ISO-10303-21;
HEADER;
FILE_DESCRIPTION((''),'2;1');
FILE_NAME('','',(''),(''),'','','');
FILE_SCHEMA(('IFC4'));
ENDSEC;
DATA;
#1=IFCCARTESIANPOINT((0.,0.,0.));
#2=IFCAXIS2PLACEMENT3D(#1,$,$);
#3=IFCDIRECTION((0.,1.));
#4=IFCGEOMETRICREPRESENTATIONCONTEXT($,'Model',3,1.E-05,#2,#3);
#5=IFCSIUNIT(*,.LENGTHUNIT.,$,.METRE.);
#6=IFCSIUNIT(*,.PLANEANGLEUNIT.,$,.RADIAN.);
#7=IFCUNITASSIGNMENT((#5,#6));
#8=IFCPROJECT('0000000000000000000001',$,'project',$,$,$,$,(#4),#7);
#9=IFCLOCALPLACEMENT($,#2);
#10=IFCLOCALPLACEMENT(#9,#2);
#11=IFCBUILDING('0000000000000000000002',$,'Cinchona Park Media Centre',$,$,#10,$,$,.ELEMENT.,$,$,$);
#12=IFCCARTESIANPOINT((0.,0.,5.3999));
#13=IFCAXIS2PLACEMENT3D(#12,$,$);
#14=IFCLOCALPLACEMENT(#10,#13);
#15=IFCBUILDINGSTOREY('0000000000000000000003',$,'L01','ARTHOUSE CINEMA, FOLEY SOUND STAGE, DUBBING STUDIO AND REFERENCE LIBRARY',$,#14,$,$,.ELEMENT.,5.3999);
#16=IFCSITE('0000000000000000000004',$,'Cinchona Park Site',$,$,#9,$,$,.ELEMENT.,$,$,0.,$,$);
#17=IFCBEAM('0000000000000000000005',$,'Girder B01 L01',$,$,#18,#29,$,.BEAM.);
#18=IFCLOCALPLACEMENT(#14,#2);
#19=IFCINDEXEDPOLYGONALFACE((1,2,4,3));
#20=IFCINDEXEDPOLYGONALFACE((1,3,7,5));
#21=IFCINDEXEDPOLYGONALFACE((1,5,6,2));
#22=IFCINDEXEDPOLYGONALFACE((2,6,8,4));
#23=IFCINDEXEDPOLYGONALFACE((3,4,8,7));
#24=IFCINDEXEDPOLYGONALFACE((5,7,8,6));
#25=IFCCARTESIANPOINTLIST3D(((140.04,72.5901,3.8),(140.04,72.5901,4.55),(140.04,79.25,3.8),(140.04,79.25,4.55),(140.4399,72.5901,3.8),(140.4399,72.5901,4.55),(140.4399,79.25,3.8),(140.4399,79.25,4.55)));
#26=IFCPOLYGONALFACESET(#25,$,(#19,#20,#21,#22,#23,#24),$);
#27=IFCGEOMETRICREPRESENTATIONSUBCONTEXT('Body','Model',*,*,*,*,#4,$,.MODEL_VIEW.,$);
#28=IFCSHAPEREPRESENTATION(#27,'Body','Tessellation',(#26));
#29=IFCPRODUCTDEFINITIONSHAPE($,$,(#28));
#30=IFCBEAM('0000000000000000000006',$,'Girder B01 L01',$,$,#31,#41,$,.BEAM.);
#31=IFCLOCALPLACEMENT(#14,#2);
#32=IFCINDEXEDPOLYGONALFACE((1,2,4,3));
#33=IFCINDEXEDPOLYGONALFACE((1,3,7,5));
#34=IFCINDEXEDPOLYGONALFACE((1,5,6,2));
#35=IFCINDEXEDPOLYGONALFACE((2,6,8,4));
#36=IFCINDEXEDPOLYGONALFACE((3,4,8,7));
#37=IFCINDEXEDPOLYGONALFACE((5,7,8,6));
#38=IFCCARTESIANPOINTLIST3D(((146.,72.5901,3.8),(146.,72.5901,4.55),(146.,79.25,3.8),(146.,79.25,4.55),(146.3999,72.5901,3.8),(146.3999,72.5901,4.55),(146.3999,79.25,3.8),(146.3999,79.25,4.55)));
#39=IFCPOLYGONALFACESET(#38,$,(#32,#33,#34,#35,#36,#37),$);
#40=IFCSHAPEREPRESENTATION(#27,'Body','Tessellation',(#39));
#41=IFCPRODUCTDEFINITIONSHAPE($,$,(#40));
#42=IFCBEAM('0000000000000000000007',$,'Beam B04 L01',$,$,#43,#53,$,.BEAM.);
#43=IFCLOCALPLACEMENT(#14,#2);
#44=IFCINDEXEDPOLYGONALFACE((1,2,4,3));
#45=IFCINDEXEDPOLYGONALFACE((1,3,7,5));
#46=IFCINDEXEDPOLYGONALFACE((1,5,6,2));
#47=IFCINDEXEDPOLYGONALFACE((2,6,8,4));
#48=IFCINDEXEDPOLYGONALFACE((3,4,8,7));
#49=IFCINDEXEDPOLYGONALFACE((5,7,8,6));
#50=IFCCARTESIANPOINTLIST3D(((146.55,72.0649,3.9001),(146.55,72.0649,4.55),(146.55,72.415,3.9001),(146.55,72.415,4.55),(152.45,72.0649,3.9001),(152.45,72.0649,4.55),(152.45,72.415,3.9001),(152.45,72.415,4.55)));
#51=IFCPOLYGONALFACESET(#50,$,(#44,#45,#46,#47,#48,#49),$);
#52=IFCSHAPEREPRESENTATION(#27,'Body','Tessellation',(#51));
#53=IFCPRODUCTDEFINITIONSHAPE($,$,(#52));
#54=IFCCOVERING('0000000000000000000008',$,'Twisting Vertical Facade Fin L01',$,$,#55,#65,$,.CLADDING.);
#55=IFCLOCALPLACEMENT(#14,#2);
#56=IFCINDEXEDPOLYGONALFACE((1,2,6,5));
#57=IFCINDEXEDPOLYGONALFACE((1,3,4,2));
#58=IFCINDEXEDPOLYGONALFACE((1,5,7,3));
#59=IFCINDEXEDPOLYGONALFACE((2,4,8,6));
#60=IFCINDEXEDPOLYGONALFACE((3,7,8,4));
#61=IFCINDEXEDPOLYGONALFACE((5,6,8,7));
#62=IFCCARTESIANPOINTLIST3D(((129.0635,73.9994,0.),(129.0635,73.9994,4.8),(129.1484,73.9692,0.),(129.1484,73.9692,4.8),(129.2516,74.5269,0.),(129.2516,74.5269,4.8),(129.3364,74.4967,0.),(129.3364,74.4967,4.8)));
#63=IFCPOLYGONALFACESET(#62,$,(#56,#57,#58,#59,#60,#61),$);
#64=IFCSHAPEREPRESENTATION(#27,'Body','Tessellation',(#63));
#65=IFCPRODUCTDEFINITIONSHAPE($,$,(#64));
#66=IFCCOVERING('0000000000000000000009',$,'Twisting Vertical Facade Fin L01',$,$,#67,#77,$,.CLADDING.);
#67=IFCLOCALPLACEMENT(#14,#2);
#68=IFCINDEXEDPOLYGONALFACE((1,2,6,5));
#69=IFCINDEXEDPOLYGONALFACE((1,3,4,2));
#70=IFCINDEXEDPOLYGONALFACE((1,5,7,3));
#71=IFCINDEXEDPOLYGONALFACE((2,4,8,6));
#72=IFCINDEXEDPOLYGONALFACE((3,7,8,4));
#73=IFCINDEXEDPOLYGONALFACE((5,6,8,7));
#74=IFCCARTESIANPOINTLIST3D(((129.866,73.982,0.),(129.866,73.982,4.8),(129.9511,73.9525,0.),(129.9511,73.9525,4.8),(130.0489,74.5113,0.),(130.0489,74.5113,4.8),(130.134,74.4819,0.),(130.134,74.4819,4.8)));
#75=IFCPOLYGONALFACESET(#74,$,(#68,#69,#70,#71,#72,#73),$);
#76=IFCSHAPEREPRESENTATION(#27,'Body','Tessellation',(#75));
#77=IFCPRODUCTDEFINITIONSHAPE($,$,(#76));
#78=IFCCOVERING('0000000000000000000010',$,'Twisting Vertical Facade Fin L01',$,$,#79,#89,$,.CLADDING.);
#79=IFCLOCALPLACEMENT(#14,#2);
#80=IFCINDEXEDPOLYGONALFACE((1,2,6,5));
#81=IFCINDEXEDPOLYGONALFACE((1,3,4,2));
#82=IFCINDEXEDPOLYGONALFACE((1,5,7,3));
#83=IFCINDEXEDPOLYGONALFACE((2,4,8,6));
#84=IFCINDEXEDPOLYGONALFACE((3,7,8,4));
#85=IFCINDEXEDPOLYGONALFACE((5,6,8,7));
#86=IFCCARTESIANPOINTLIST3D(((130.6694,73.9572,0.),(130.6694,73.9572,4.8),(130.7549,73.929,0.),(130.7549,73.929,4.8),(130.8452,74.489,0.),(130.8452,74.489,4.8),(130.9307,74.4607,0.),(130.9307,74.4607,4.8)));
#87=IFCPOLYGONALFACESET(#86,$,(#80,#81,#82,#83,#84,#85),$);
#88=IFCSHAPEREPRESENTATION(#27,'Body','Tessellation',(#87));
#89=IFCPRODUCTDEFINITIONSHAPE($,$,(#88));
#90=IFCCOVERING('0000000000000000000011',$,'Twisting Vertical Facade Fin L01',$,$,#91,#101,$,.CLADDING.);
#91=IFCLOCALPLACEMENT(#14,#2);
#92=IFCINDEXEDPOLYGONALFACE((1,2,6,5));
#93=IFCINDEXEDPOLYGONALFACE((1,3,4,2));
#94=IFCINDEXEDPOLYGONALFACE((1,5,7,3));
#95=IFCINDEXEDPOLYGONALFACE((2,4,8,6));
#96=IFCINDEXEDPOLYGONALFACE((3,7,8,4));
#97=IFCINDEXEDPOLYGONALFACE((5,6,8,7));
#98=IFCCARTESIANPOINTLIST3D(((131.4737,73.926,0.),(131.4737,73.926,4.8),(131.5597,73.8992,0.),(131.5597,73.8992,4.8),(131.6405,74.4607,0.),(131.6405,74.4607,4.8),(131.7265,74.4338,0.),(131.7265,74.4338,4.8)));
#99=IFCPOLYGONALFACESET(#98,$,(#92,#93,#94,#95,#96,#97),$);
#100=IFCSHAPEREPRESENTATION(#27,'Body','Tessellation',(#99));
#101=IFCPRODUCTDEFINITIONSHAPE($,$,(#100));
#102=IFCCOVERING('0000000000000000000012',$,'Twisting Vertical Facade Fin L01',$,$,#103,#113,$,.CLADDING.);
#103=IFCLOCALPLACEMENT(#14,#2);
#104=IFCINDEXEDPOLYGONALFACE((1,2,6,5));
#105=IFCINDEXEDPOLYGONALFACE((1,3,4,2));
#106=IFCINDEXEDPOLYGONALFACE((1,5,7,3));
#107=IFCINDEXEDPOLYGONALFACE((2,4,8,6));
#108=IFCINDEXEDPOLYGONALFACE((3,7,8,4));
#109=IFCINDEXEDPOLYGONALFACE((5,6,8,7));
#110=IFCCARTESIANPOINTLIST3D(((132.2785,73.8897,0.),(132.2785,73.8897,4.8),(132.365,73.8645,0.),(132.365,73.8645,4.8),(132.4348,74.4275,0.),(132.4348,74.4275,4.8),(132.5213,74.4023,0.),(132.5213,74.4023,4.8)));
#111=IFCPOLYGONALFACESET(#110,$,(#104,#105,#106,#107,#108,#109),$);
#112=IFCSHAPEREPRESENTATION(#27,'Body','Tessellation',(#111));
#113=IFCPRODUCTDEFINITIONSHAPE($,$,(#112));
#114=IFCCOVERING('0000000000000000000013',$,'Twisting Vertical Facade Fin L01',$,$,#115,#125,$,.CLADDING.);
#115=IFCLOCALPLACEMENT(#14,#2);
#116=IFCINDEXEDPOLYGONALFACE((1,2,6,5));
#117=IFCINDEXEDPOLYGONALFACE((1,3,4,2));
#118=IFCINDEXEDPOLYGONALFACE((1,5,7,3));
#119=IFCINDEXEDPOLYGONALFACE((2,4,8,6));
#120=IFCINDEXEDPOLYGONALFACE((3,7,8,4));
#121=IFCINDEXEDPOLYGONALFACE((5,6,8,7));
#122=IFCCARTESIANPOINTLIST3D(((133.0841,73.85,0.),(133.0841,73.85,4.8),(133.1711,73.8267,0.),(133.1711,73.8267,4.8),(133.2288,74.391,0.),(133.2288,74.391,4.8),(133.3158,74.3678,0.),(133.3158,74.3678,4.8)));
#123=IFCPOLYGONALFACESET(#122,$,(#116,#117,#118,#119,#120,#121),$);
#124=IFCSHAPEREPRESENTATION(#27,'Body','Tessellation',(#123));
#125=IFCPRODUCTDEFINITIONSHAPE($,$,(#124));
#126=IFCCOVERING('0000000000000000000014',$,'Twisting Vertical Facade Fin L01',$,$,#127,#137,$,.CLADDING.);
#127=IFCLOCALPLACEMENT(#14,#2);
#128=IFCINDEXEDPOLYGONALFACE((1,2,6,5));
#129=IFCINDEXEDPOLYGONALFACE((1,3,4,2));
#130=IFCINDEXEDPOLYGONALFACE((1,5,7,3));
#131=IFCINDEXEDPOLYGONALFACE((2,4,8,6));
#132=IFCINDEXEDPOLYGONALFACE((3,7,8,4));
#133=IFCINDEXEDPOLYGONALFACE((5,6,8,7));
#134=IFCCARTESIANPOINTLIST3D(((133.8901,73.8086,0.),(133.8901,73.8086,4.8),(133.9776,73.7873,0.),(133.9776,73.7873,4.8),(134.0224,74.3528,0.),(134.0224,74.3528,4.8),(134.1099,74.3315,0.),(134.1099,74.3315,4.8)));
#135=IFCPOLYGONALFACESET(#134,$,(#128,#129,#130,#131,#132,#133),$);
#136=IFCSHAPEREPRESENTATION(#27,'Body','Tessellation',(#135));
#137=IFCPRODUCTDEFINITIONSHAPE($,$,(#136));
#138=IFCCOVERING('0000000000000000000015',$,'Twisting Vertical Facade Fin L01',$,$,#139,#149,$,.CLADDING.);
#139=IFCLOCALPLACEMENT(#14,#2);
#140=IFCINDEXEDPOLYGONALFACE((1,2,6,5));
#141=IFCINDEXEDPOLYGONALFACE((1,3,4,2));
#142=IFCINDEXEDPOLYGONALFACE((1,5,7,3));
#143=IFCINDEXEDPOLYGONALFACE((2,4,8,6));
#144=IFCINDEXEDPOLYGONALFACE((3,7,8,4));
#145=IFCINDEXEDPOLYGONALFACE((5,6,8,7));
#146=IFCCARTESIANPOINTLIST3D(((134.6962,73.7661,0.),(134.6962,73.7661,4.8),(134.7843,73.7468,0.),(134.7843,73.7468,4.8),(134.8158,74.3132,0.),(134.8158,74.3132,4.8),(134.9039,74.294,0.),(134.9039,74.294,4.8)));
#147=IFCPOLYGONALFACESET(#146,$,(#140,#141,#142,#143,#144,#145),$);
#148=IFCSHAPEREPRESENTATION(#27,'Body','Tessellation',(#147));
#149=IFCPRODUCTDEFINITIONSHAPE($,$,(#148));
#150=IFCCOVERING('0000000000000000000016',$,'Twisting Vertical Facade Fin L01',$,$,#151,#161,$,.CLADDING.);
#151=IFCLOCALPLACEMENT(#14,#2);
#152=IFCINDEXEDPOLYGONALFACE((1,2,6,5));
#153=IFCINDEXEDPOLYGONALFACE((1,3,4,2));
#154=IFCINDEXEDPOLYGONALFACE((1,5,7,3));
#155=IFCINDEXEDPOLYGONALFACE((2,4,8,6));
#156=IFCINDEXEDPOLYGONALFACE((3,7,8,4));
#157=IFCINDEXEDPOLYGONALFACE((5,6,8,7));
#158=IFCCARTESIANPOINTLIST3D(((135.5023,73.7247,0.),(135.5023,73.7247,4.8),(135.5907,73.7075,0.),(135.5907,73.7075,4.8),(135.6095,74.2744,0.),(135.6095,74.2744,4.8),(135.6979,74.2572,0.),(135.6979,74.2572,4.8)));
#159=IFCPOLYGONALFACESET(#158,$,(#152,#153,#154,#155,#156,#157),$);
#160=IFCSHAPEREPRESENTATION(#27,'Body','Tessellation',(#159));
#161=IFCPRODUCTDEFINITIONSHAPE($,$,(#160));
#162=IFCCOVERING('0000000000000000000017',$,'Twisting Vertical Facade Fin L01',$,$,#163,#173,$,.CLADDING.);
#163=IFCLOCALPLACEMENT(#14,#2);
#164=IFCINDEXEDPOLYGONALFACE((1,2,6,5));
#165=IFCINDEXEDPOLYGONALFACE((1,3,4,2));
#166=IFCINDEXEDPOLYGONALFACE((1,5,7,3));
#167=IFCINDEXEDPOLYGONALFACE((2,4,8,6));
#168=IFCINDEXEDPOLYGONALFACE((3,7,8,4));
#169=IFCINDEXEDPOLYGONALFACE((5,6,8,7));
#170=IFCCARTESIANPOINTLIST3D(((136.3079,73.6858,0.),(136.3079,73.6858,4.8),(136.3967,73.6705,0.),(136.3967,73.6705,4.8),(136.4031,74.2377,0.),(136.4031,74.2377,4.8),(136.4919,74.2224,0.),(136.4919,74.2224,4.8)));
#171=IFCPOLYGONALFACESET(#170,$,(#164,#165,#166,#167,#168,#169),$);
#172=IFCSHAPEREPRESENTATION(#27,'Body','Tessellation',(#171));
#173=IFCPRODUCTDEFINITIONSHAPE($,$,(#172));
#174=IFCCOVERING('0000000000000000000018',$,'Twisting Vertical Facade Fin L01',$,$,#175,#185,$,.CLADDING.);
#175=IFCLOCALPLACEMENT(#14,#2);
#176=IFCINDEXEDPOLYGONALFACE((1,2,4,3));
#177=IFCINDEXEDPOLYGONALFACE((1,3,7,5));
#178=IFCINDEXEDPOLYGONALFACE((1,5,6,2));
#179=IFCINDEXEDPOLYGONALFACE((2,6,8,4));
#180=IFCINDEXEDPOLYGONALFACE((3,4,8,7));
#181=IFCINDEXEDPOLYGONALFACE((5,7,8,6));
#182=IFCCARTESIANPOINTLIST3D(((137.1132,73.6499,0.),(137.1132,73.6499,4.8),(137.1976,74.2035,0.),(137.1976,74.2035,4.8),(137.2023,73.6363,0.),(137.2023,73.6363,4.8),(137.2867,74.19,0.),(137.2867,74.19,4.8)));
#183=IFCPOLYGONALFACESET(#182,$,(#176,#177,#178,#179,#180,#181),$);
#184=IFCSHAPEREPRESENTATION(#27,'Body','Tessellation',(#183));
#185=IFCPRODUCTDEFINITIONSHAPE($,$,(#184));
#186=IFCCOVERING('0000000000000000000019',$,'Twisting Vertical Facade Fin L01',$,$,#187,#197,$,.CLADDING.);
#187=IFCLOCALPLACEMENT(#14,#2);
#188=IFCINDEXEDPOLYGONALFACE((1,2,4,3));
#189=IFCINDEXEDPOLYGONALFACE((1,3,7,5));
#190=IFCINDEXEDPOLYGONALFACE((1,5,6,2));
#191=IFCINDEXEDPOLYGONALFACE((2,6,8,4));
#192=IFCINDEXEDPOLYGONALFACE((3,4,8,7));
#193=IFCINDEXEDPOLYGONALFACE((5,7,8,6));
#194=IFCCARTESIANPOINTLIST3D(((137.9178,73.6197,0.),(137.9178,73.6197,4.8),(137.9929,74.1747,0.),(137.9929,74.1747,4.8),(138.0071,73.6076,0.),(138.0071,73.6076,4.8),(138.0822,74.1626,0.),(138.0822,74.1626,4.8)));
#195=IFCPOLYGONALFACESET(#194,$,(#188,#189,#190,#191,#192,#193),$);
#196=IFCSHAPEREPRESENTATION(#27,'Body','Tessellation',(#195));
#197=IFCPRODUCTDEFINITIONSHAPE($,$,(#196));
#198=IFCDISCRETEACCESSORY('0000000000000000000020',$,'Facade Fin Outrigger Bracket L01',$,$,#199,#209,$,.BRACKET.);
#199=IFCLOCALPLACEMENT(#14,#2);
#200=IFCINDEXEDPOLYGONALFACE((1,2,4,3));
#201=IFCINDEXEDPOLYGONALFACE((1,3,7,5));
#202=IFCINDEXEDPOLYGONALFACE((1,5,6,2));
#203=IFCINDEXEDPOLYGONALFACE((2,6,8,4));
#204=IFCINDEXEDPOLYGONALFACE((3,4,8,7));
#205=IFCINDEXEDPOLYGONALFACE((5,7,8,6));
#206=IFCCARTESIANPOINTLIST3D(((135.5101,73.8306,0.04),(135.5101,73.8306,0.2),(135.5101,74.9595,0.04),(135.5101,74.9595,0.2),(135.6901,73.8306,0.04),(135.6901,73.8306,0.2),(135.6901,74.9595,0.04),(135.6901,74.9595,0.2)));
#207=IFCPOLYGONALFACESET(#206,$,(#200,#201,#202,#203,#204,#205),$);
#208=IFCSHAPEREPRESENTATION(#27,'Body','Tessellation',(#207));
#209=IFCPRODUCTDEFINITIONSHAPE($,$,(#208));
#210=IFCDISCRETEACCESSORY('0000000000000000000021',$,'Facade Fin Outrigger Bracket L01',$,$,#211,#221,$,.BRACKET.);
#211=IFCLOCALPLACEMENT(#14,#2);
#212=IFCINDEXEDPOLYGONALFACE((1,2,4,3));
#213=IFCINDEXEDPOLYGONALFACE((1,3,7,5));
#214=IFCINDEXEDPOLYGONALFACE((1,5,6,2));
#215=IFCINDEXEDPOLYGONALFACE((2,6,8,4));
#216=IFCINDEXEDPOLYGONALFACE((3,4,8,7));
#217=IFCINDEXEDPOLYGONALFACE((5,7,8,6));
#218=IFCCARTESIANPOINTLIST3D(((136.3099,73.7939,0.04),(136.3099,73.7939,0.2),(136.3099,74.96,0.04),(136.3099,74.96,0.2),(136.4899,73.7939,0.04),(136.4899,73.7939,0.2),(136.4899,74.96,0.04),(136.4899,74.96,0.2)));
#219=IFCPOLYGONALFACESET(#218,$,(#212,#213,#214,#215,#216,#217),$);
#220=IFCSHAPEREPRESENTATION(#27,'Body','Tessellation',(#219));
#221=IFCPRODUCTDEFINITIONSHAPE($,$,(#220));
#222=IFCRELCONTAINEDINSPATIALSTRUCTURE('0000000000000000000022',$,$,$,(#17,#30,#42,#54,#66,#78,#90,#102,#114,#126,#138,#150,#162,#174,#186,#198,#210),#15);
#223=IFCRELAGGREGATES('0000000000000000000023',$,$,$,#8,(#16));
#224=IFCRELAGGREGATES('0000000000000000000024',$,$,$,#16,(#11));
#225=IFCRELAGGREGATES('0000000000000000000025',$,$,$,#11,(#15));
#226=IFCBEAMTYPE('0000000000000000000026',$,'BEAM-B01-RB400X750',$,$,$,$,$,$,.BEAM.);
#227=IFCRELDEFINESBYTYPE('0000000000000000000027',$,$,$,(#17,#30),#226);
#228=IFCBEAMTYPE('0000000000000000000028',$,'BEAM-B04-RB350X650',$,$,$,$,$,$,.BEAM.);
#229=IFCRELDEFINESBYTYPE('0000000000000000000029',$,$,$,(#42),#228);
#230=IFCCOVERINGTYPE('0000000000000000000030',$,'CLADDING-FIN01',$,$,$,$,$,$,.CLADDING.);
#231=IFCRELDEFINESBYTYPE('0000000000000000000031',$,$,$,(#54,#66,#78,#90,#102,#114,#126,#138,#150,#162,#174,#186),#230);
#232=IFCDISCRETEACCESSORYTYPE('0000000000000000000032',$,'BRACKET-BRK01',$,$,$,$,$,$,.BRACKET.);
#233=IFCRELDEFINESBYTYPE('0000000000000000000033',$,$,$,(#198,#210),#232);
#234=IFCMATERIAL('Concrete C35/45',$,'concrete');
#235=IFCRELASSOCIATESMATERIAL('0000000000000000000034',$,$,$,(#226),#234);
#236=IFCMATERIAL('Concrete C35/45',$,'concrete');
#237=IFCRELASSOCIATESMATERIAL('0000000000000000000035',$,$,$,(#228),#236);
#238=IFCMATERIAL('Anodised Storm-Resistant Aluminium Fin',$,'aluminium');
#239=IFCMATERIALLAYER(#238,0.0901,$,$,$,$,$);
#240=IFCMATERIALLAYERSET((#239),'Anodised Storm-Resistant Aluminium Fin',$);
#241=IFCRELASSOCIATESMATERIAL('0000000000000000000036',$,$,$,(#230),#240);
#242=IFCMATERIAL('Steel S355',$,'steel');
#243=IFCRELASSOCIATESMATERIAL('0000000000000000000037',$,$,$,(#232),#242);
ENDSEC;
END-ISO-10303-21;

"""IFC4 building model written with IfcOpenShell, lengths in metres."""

from ifc_helpers import new_model, si_unit, direction, frame, origin, origin_2d, place, context, subcontext, project, spatial, rectangle, extrude, material, layer, layer_set, material_profile, profile_set, type_object, element, save


model = new_model("IFC4")

# Units and contexts
model_context = context("Model", 3, precision=1e-05, world=origin(), true_north=direction((0.0, 1.0)))
body_context = subcontext(model_context, "Body", "Model", "MODEL_VIEW")
ifc_project = project(units=[si_unit("LENGTHUNIT", "METRE"), si_unit("PLANEANGLEUNIT", "RADIAN")], contexts=[model_context])

# Site, building, storey
site_placement = place(None, origin())
site = spatial("IfcSite", under=ifc_project, at=site_placement, Name="Cinchona Park Site", CompositionType="ELEMENT", RefElevation=0.0)
building_placement = place(site_placement, origin())
building = spatial("IfcBuilding", under=site, at=building_placement, Name="Cinchona Park Media Centre", CompositionType="ELEMENT")
storey_placement = place(building_placement, frame((0.0, 0.0, 5.3999)))
storey = spatial("IfcBuildingStorey", under=building, at=storey_placement, Name="L01", Description="ARTHOUSE CINEMA, FOLEY SOUND STAGE, DUBBING STUDIO AND REFERENCE LIBRARY", CompositionType="ELEMENT", Elevation=5.3999)

# Beams
ifc_material_1 = material(Name="Concrete C35/45", Category="concrete")
ifc_material_profile_1 = material_profile(ifc_material_1, rectangle(XDim=0.3999, YDim=0.75, at=origin_2d()), Name="RB 400X750")
ifc_profile_set_1 = profile_set([ifc_material_profile_1], Name="Concrete C35/45")
beam_type_1 = type_object("IfcBeamType", Name="BEAM-B01-RB400X750", PredefinedType="BEAM", material=ifc_profile_set_1)
for number, where, z_axis, x_axis, name in (
    (1, (140.24, 72.5901, 4.175), (0.0, 1.0, 0.0), (-1.0, 0.0, 0.0), "Girder B01 L01"),
    (2, (146.2, 72.5901, 4.175), (0.0, 1.0, 0.0), (-1.0, 0.0, 0.0), "Girder B01 L01"),
):
    element("IfcBeam", number, at=place(storey_placement, frame(where, z_axis=z_axis, x_axis=x_axis)), inside=storey, type_object=beam_type_1, Name=name, PredefinedType="BEAM", context=body_context, shape_type="SweptSolid", body=[
        extrude(rectangle(XDim=0.3999, YDim=0.75, at=origin_2d()), origin(), (0.0, 0.0, 1.0), 6.6599),
    ])
ifc_material_2 = material(Name="Concrete C35/45", Category="concrete")
ifc_material_profile_2 = material_profile(ifc_material_2, rectangle(XDim=0.3501, YDim=0.6499, at=origin_2d()), Name="RB 350X650")
ifc_profile_set_2 = profile_set([ifc_material_profile_2], Name="Concrete C35/45")
beam_type_2 = type_object("IfcBeamType", Name="BEAM-B04-RB350X650", PredefinedType="BEAM", material=ifc_profile_set_2)
beam_placement = place(storey_placement, frame((146.55, 72.24, 4.2251), z_axis=(1.0, 0.0, 0.0), x_axis=(0.0, 1.0, 0.0)))
element("IfcBeam", 3, at=beam_placement, inside=storey, type_object=beam_type_2, Name="Beam B04 L01", PredefinedType="BEAM", context=body_context, shape_type="SweptSolid", body=[
    extrude(rectangle(XDim=0.3501, YDim=0.6499, at=origin_2d()), origin(), (0.0, 0.0, 1.0), 5.8999),
])

# Coverings
ifc_material_3 = material(Name="Anodised Storm-Resistant Aluminium Fin", Category="aluminium")
ifc_layer = layer(ifc_material_3, 0.0901)
ifc_layer_set = layer_set([ifc_layer], Name="Anodised Storm-Resistant Aluminium Fin")
covering_type = type_object("IfcCoveringType", Name="CLADDING-FIN01", PredefinedType="CLADDING", material=ifc_layer_set)
for number, where, z_axis, x_axis, name in (
    (4, (129.2, 74.248, 0.0), (0.0, 0.0, 1.0), (0.33578, 0.94194, 0.0), "Twisting Vertical Facade Fin L01"),
    (5, (130.0, 74.2319, 0.0), (0.0, 0.0, 1.0), (0.326558, 0.945177, 0.0), "Twisting Vertical Facade Fin L01"),
    (6, (130.8, 74.209, 0.0), (0.0, 0.0, 1.0), (0.313827, 0.94948, 0.0), "Twisting Vertical Facade Fin L01"),
    (7, (131.6001, 74.1799, 0.0), (0.0, 0.0, 1.0), (0.297875, 0.954605, 0.0), "Twisting Vertical Facade Fin L01"),
    (8, (132.3999, 74.146, 0.0), (0.0, 0.0, 1.0), (0.279159, 0.960245, 0.0), "Twisting Vertical Facade Fin L01"),
    (9, (133.2, 74.1089, 0.0), (0.0, 0.0, 1.0), (0.258313, 0.966061, 0.0), "Twisting Vertical Facade Fin L01"),
    (10, (134.0, 74.0701, 0.0), (0.0, 0.0, 1.0), (0.236329, 0.971673, 0.0), "Twisting Vertical Facade Fin L01"),
    (11, (134.8, 74.03, 0.0), (0.0, 0.0, 1.0), (0.213542, 0.976934, 0.0), "Twisting Vertical Facade Fin L01"),
    (12, (135.6001, 73.991, 0.0), (0.0, 0.0, 1.0), (0.191323, 0.981527, 0.0), "Twisting Vertical Facade Fin L01"),
    (13, (136.3999, 73.9541, 0.0), (0.0, 0.0, 1.0), (0.170038, 0.985438, 0.0), "Twisting Vertical Facade Fin L01"),
    (14, (137.2, 73.9199, 0.0), (0.0, 0.0, 1.0), (0.150743, 0.988573, 0.0), "Twisting Vertical Facade Fin L01"),
    (15, (138.0, 73.8911, 0.0), (0.0, 0.0, 1.0), (0.134159, 0.99096, 0.0), "Twisting Vertical Facade Fin L01"),
):
    element("IfcCovering", number, at=place(storey_placement, frame(where, z_axis=z_axis, x_axis=x_axis)), inside=storey, type_object=covering_type, Name=name, PredefinedType="CLADDING", context=body_context, shape_type="SweptSolid", body=[
        extrude(rectangle(XDim=0.5601, YDim=0.0901, at=origin_2d()), origin(), (0.0, 0.0, 1.0), 4.8),
    ])

# Discrete accessories
ifc_material_4 = material(Name="Steel S355", Category="steel")
discrete_accessory_type = type_object("IfcDiscreteAccessoryType", Name="BRACKET-BRK01", PredefinedType="BRACKET", material=ifc_material_4)
discrete_accessory_1_placement = place(storey_placement, frame((135.6001, 74.395, 0.04), z_axis=(0.0, 0.0, 1.0), x_axis=(1.0, 0.0, 0.0)))
element("IfcDiscreteAccessory", 16, at=discrete_accessory_1_placement, inside=storey, type_object=discrete_accessory_type, Name="Facade Fin Outrigger Bracket L01", PredefinedType="BRACKET", context=body_context, shape_type="SweptSolid", body=[
    extrude(rectangle(XDim=0.1799, YDim=1.1289, at=origin_2d()), origin(), (0.0, 0.0, 1.0), 0.1599),
])
discrete_accessory_2_placement = place(storey_placement, frame((136.3999, 74.377, 0.04), z_axis=(0.0, 0.0, 1.0), x_axis=(1.0, 0.0, 0.0)))
element("IfcDiscreteAccessory", 17, at=discrete_accessory_2_placement, inside=storey, type_object=discrete_accessory_type, Name="Facade Fin Outrigger Bracket L01", PredefinedType="BRACKET", context=body_context, shape_type="SweptSolid", body=[
    extrude(rectangle(XDim=0.1799, YDim=1.166, at=origin_2d()), origin(), (0.0, 0.0, 1.0), 0.1599),
])

save(model, "model.ifc")
